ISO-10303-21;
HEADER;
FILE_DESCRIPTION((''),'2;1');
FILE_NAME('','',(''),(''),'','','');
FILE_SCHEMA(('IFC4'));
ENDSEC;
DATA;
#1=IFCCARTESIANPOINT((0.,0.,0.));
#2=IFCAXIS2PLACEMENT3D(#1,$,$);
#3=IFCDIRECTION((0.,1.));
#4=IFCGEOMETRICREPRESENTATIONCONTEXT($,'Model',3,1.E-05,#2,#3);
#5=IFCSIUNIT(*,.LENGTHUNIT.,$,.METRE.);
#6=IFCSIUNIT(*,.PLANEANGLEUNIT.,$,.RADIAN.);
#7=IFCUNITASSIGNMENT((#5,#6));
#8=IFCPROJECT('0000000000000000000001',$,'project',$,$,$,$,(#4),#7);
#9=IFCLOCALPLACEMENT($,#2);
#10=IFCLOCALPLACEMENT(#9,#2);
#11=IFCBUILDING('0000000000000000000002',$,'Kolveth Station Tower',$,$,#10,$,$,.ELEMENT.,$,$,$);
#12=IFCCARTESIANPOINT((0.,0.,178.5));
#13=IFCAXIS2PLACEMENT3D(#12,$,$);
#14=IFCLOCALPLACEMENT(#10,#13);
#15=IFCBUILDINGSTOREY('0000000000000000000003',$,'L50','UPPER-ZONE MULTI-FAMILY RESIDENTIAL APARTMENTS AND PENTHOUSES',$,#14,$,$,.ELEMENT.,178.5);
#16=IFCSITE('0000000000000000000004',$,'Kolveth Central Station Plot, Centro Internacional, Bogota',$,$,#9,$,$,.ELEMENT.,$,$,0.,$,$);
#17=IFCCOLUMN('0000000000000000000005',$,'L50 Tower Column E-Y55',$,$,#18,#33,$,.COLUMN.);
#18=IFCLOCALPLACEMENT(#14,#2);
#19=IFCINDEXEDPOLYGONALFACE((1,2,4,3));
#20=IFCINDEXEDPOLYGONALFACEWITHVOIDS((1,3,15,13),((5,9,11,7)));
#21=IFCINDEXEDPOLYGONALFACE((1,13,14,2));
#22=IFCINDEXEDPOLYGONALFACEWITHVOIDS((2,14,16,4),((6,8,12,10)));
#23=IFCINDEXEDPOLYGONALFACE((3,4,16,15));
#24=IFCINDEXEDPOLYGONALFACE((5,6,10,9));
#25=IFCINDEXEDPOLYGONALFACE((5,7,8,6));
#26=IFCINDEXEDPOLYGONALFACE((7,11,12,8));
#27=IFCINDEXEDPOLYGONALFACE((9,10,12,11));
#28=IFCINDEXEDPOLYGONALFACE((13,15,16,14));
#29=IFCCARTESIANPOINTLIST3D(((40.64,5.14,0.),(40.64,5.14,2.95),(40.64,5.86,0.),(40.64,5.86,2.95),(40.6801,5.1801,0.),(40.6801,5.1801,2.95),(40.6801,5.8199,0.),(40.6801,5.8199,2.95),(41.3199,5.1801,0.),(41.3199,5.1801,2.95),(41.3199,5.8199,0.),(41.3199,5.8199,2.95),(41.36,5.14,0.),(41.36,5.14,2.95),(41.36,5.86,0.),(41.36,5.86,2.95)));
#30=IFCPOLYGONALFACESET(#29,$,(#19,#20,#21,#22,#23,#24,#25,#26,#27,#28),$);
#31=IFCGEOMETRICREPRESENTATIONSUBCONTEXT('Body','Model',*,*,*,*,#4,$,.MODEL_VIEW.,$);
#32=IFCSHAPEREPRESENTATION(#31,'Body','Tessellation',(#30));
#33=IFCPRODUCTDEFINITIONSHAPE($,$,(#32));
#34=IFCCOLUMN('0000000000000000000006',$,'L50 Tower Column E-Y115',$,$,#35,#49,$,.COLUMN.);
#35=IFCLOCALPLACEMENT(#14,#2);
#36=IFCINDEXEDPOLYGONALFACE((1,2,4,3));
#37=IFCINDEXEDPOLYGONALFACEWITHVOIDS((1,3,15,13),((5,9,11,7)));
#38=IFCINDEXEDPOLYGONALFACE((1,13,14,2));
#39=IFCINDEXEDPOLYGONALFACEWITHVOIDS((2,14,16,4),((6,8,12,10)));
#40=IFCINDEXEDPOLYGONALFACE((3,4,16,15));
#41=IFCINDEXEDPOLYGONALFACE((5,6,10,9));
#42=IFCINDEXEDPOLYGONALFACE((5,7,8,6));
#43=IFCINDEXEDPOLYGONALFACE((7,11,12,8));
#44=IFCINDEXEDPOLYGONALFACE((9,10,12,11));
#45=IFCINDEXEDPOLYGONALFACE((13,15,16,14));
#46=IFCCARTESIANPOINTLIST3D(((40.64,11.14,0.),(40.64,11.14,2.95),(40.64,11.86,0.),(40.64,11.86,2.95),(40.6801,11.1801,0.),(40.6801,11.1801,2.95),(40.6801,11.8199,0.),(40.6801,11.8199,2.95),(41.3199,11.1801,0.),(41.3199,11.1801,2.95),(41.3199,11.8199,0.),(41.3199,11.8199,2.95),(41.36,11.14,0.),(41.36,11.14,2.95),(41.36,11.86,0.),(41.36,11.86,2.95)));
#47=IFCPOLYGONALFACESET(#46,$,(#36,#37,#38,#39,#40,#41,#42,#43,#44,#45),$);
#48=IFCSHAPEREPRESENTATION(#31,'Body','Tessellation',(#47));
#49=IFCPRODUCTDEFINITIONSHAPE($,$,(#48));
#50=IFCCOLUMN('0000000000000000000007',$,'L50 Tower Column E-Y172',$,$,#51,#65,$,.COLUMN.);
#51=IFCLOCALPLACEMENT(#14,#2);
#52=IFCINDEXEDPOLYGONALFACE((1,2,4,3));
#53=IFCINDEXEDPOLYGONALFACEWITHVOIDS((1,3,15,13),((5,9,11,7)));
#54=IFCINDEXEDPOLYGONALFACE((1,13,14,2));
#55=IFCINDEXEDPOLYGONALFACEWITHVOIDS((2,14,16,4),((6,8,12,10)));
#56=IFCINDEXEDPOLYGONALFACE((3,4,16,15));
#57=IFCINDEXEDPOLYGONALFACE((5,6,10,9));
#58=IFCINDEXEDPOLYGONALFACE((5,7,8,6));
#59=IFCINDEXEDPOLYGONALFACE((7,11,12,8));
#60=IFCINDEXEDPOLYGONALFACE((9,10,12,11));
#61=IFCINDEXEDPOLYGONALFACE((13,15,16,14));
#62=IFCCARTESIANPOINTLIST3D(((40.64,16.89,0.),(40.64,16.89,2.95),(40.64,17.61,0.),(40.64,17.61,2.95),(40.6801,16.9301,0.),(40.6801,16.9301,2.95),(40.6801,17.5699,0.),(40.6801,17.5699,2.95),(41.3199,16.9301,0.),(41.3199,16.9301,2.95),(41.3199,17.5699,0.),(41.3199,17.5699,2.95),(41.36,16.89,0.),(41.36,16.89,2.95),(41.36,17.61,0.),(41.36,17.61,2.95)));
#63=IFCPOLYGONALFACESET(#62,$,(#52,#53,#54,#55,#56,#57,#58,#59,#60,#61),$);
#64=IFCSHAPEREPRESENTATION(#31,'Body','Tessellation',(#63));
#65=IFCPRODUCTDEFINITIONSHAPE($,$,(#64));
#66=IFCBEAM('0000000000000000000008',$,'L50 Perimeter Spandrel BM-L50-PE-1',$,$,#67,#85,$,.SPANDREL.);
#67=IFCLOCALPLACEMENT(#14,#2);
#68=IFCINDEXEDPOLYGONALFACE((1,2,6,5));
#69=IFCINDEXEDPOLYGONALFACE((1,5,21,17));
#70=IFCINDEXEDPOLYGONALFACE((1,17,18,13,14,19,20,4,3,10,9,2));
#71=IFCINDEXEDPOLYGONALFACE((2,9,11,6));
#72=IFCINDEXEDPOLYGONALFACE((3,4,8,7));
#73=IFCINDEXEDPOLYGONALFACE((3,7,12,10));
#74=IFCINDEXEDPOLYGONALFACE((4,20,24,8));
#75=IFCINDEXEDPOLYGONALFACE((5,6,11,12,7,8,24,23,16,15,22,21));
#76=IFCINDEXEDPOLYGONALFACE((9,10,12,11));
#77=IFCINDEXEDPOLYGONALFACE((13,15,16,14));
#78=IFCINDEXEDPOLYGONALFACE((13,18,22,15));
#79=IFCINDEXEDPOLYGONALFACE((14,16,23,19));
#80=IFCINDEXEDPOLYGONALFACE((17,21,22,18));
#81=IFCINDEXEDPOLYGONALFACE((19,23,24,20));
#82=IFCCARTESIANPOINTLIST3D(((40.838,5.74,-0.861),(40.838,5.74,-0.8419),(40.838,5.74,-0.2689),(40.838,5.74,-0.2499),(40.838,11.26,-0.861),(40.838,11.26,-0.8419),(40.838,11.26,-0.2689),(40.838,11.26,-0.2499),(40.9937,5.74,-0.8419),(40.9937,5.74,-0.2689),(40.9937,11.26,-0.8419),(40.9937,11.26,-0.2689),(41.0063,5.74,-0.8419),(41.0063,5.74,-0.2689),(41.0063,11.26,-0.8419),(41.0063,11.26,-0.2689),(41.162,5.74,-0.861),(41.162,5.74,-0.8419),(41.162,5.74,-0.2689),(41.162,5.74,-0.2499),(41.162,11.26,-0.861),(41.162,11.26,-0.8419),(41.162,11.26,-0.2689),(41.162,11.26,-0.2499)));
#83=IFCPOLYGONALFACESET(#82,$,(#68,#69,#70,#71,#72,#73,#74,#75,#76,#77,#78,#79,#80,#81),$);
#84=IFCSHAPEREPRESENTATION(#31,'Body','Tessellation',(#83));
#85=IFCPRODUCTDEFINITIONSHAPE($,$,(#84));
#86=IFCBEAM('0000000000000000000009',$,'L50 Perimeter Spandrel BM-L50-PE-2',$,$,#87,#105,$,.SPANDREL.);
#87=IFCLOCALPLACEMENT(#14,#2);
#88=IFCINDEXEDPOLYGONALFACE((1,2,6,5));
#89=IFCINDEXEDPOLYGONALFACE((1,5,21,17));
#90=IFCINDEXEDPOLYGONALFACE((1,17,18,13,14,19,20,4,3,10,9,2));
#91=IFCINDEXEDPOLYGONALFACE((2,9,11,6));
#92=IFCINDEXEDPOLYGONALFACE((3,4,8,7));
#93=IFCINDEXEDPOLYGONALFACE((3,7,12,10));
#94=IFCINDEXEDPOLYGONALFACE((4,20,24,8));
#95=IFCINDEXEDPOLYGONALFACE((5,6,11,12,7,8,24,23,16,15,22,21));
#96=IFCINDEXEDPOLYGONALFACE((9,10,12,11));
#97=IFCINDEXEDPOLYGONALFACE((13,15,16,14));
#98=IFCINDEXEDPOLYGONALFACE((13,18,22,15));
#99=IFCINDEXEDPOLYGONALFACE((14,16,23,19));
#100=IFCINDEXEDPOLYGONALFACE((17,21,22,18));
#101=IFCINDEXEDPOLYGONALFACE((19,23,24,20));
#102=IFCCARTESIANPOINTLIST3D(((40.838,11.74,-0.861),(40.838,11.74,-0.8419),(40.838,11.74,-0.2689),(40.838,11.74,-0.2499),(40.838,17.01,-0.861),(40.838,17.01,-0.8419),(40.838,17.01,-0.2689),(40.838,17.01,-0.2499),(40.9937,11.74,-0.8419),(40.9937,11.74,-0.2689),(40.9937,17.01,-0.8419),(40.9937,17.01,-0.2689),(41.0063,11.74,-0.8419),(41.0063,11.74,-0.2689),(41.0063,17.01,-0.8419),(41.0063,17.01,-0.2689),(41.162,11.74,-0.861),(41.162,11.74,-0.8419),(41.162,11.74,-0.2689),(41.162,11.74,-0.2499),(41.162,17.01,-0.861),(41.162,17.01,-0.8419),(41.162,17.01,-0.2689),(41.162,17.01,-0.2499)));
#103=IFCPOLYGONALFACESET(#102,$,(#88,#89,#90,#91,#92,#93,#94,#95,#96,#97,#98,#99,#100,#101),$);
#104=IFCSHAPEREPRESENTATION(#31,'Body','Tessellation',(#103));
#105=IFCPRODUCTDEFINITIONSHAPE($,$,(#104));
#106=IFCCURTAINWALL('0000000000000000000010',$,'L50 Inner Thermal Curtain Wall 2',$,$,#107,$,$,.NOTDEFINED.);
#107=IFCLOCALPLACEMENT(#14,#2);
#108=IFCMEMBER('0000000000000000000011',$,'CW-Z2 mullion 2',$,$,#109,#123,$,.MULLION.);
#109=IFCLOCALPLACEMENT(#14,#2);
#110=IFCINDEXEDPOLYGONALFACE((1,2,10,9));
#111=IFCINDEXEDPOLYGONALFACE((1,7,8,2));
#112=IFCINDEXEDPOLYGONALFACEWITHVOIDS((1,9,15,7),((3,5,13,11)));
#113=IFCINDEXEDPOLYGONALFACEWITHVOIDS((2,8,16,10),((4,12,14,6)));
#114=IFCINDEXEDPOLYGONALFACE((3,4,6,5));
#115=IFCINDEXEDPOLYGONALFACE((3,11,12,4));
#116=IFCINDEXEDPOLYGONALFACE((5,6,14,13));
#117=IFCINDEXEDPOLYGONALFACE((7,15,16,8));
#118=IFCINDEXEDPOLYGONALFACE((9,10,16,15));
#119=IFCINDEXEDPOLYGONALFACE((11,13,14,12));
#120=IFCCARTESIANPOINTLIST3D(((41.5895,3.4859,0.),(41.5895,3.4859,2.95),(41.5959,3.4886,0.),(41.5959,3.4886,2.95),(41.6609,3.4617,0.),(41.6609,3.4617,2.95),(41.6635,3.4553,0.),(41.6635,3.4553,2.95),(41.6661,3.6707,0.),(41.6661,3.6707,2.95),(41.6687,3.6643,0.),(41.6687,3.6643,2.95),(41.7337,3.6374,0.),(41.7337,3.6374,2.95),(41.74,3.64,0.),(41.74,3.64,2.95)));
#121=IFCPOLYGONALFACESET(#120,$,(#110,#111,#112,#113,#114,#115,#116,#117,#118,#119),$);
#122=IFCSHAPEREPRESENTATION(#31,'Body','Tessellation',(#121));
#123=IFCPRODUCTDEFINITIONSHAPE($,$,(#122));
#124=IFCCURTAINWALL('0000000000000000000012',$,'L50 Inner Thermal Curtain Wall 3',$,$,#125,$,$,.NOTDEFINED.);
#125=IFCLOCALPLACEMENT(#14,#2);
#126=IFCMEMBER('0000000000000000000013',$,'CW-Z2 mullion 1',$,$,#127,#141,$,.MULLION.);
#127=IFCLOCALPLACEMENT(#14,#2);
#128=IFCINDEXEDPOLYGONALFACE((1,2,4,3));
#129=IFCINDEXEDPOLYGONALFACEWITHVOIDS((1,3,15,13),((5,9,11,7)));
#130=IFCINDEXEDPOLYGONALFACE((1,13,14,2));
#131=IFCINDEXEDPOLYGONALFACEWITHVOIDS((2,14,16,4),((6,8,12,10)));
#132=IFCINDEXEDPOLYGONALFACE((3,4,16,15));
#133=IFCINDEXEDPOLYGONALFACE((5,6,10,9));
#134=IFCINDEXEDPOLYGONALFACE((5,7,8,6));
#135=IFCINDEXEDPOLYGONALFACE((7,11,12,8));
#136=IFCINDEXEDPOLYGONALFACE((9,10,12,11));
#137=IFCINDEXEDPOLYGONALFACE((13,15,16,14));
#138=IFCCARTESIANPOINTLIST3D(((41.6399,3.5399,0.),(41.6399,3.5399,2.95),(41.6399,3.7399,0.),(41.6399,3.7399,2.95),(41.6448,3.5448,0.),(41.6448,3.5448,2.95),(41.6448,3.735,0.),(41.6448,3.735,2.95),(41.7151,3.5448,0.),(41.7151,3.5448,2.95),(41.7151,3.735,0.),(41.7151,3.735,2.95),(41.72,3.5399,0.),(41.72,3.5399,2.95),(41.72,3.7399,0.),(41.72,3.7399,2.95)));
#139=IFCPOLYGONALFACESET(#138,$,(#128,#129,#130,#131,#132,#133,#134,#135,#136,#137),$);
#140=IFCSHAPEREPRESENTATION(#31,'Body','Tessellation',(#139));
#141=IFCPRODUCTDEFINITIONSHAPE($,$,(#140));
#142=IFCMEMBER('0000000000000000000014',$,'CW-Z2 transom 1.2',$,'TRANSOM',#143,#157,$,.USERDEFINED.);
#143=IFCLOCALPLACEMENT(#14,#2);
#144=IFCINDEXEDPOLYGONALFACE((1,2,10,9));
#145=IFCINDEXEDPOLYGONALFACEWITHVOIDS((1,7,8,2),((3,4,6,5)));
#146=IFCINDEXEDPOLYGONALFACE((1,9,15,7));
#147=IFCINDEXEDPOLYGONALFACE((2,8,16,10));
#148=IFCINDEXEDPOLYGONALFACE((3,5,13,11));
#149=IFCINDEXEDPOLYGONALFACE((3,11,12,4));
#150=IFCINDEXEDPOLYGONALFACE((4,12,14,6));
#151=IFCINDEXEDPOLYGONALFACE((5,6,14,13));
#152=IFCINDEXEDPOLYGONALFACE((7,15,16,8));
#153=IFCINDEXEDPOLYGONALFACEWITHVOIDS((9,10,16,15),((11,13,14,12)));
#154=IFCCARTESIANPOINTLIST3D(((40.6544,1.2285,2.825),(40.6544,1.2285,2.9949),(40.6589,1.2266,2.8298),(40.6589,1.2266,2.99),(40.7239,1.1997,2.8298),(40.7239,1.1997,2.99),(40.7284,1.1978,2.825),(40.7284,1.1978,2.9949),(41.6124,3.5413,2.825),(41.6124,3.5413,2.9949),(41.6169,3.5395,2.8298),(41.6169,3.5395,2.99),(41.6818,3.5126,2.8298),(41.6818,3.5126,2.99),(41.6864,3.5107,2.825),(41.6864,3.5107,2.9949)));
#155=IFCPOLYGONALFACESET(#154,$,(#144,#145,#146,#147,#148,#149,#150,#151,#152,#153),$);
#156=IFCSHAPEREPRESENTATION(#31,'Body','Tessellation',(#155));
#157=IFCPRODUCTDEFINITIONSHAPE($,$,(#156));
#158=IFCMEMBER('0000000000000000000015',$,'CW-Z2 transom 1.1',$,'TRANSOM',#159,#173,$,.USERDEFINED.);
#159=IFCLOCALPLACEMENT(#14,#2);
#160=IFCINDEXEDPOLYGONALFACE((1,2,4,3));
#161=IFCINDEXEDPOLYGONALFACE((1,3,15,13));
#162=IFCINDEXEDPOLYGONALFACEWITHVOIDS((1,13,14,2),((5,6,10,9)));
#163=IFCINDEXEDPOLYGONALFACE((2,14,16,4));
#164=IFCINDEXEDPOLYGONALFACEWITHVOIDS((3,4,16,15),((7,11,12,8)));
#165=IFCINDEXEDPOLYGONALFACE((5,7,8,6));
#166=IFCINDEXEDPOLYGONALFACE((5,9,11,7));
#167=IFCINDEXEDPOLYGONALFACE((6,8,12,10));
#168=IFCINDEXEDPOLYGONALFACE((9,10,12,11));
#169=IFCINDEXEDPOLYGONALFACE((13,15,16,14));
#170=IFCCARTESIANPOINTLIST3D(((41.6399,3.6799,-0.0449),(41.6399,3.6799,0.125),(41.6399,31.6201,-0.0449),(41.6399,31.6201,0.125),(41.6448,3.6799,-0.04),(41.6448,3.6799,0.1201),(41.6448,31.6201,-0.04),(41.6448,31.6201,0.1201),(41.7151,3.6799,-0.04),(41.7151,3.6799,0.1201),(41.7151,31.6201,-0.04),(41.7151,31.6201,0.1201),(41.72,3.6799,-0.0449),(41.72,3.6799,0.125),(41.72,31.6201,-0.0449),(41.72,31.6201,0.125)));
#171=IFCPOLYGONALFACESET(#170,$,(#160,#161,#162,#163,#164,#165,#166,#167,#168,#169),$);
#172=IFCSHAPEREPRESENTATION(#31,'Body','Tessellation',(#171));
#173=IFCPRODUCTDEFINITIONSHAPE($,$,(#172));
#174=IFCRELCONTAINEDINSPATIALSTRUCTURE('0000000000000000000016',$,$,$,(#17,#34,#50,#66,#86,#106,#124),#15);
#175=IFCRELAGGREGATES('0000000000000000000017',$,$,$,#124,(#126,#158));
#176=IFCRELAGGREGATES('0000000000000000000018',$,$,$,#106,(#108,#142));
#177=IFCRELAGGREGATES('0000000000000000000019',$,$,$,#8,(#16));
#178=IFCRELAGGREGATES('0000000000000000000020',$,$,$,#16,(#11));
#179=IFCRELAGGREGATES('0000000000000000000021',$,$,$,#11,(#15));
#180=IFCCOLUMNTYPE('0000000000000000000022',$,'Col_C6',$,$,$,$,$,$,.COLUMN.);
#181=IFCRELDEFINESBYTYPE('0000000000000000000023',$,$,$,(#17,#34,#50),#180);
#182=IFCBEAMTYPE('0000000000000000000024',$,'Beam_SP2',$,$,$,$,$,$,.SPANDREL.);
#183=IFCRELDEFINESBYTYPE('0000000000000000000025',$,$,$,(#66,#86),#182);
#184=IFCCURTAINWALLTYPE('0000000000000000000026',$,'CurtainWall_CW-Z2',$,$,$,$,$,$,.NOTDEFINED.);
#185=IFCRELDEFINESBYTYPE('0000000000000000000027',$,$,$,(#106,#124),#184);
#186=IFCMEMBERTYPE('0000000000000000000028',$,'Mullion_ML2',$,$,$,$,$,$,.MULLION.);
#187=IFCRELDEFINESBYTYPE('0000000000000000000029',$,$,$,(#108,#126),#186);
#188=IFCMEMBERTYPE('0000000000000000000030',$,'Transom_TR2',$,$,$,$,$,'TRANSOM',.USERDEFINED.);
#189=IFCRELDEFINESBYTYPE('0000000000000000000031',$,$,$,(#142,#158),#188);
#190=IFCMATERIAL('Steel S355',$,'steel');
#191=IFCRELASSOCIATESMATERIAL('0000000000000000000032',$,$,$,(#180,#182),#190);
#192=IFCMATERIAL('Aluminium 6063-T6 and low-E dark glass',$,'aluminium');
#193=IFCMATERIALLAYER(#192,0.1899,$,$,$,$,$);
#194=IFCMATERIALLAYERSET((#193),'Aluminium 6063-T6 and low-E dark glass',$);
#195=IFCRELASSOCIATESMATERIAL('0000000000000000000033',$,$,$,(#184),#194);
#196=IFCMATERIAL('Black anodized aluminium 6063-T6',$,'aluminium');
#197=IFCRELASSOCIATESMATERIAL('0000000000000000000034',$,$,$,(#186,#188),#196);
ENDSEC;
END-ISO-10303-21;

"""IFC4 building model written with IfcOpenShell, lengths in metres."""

from ifc_helpers import new_model, si_unit, direction, frame, origin, origin_2d, place, context, subcontext, project, spatial, hollow_rectangle, i_section, extrude, source, transform, mapped, material, layer, layer_set, material_profile, profile_set, type_object, element, aggregate, save


model = new_model("IFC4")

# Units and contexts
model_context = context("Model", 3, precision=1e-05, world=origin(), true_north=direction((0.0, 1.0)))
body_context = subcontext(model_context, "Body", "Model", "MODEL_VIEW")
ifc_project = project(units=[si_unit("LENGTHUNIT", "METRE"), si_unit("PLANEANGLEUNIT", "RADIAN")], contexts=[model_context])

# Site, building, storey
site_placement = place(None, origin())
site = spatial("IfcSite", under=ifc_project, at=site_placement, Name="Kolveth Central Station Plot, Centro Internacional, Bogota", CompositionType="ELEMENT", RefElevation=0.0)
building_placement = place(site_placement, origin())
building = spatial("IfcBuilding", under=site, at=building_placement, Name="Kolveth Station Tower", CompositionType="ELEMENT")
storey_placement = place(building_placement, frame((0.0, 0.0, 178.5)))
storey = spatial("IfcBuildingStorey", under=building, at=storey_placement, Name="L50", Description="UPPER-ZONE MULTI-FAMILY RESIDENTIAL APARTMENTS AND PENTHOUSES", CompositionType="ELEMENT", Elevation=178.5)

# Columns
ifc_material_1 = material(Name="Steel S355", Category="steel")
ifc_material_profile_1 = material_profile(ifc_material_1, hollow_rectangle(XDim=0.72, YDim=0.72, WallThickness=0.04, at=origin_2d()), Name="BOX720x720x40")
ifc_profile_set_1 = profile_set([ifc_material_profile_1], Name="Steel S355")
column_type = type_object("IfcColumnType", Name="Col_C6", PredefinedType="COLUMN", material=ifc_profile_set_1)
shared_shape_1 = source(origin(), body_context, "Body", "SweptSolid", [
    extrude(hollow_rectangle(XDim=0.72, YDim=0.72, WallThickness=0.04, at=origin_2d()), origin(), (0.0, 0.0, 1.0), 2.95),
])
for number, where, z_axis, x_axis, name in (
    (1, (41.0, 5.5, 0.0), (0.0, 0.0, 1.0), (1.0, 0.0, 0.0), "L50 Tower Column E-Y55"),
    (2, (41.0, 11.5, 0.0), (0.0, 0.0, 1.0), (1.0, 0.0, 0.0), "L50 Tower Column E-Y115"),
    (3, (41.0, 17.25, 0.0), (0.0, 0.0, 1.0), (1.0, 0.0, 0.0), "L50 Tower Column E-Y172"),
):
    element("IfcColumn", number, at=place(storey_placement, frame(where, z_axis=z_axis, x_axis=x_axis)), inside=storey, type_object=column_type, Name=name, PredefinedType="COLUMN", context=body_context, shape_type="MappedRepresentation", body=[
        mapped(shared_shape_1, transform((0.0, 0.0, 0.0), x_axis=(1.0, 0.0, 0.0), y_axis=(0.0, 1.0, 0.0), z_axis=(0.0, 0.0, 1.0), scale=1.0)),
    ])

# Beams
ifc_material_profile_2 = material_profile(ifc_material_1, i_section(OverallWidth=0.324, OverallDepth=0.6111, WebThickness=0.0127, FlangeThickness=0.019, at=origin_2d()), Name="W610x155")
ifc_profile_set_2 = profile_set([ifc_material_profile_2], Name="Steel S355")
beam_type = type_object("IfcBeamType", Name="Beam_SP2", PredefinedType="SPANDREL", material=ifc_profile_set_2)
shared_shape_2 = source(origin(), body_context, "Body", "SweptSolid", [
    extrude(i_section(OverallWidth=0.324, OverallDepth=0.6111, WebThickness=0.0127, FlangeThickness=0.019, at=origin_2d()), origin(), (0.0, 0.0, 1.0), 5.52),
])
beam_1_placement = place(storey_placement, frame((41.0, 5.74, -0.5554), z_axis=(0.0, 1.0, 0.0), x_axis=(-1.0, 0.0, 0.0)))
element("IfcBeam", 4, at=beam_1_placement, inside=storey, type_object=beam_type, Name="L50 Perimeter Spandrel BM-L50-PE-1", PredefinedType="SPANDREL", context=body_context, shape_type="MappedRepresentation", body=[
    mapped(shared_shape_2, transform((0.0, 0.0, 0.0), x_axis=(1.0, 0.0, 0.0), y_axis=(0.0, 1.0, 0.0), z_axis=(0.0, 0.0, 1.0), scale=1.0)),
])
shared_shape_3 = source(origin(), body_context, "Body", "SweptSolid", [
    extrude(i_section(OverallWidth=0.324, OverallDepth=0.6111, WebThickness=0.0127, FlangeThickness=0.019, at=origin_2d()), origin(), (0.0, 0.0, 1.0), 5.27),
])
beam_2_placement = place(storey_placement, frame((41.0, 11.74, -0.5554), z_axis=(0.0, 1.0, 0.0), x_axis=(-1.0, 0.0, 0.0)))
element("IfcBeam", 5, at=beam_2_placement, inside=storey, type_object=beam_type, Name="L50 Perimeter Spandrel BM-L50-PE-2", PredefinedType="SPANDREL", context=body_context, shape_type="MappedRepresentation", body=[
    mapped(shared_shape_3, transform((0.0, 0.0, 0.0), x_axis=(1.0, 0.0, 0.0), y_axis=(0.0, 1.0, 0.0), z_axis=(0.0, 0.0, 1.0), scale=1.0)),
])

# Curtain walls, members
ifc_material_2 = material(Name="Aluminium 6063-T6 and low-E dark glass", Category="aluminium")
ifc_layer_1 = layer(ifc_material_2, 0.1899)
ifc_layer_set_1 = layer_set([ifc_layer_1], Name="Aluminium 6063-T6 and low-E dark glass")
curtain_wall_type_1 = type_object("IfcCurtainWallType", Name="CurtainWall_CW-Z2", PredefinedType="NOTDEFINED", material=ifc_layer_set_1)
curtain_wall_1_placement = place(storey_placement, origin())
curtain_wall_1 = element("IfcCurtainWall", 6, at=curtain_wall_1_placement, inside=storey, type_object=curtain_wall_type_1, Name="L50 Inner Thermal Curtain Wall 2", PredefinedType="NOTDEFINED")
ifc_material_3 = material(Name="Black anodized aluminium 6063-T6", Category="aluminium")
ifc_material_profile_3 = material_profile(ifc_material_3, hollow_rectangle(XDim=0.0801, YDim=0.2, WallThickness=0.0049, at=origin_2d()), Name="ALU-80x200x5")
ifc_profile_set_3 = profile_set([ifc_material_profile_3], Name="Black anodized aluminium 6063-T6")
member_type_1 = type_object("IfcMemberType", Name="Mullion_ML2", PredefinedType="MULLION", material=ifc_profile_set_3)
shared_shape_4 = source(origin(), body_context, "Body", "SweptSolid", [
    extrude(hollow_rectangle(XDim=0.0801, YDim=0.2, WallThickness=0.0049, at=origin_2d()), origin(), (0.0, 0.0, 1.0), 2.95),
])
member_1_placement = place(storey_placement, frame((41.6648, 3.563, 0.0), z_axis=(0.0, 0.0, 1.0), x_axis=(-0.923874, 0.382698, 0.0)))
member_1 = element("IfcMember", 7, at=member_1_placement, type_object=member_type_1, Name="CW-Z2 mullion 2", PredefinedType="MULLION", context=body_context, shape_type="MappedRepresentation", body=[
    mapped(shared_shape_4, transform((0.0, 0.0, 0.0), x_axis=(1.0, 0.0, 0.0), y_axis=(0.0, 1.0, 0.0), z_axis=(0.0, 0.0, 1.0), scale=1.0)),
])
curtain_wall_2_placement = place(storey_placement, origin())
curtain_wall_2 = element("IfcCurtainWall", 8, at=curtain_wall_2_placement, inside=storey, type_object=curtain_wall_type_1, Name="L50 Inner Thermal Curtain Wall 3", PredefinedType="NOTDEFINED")
member_2_placement = place(storey_placement, frame((41.6799, 3.6399, 0.0), z_axis=(0.0, 0.0, 1.0), x_axis=(-1.0, 0.0, 0.0)))
member_2 = element("IfcMember", 9, at=member_2_placement, type_object=member_type_1, Name="CW-Z2 mullion 1", PredefinedType="MULLION", context=body_context, shape_type="MappedRepresentation", body=[
    mapped(shared_shape_4, transform((0.0, 0.0, 0.0), x_axis=(1.0, 0.0, 0.0), y_axis=(0.0, 1.0, 0.0), z_axis=(0.0, 0.0, 1.0), scale=1.0)),
])

# Members
ifc_material_profile_4 = material_profile(ifc_material_3, hollow_rectangle(XDim=0.0801, YDim=0.1699, WallThickness=0.0049, at=origin_2d()), Name="ALU-80x170x5")
ifc_profile_set_4 = profile_set([ifc_material_profile_4], Name="Black anodized aluminium 6063-T6")
member_type_2 = type_object("IfcMemberType", Name="Transom_TR2", ElementType="TRANSOM", PredefinedType="USERDEFINED", material=ifc_profile_set_4)
shared_shape_5 = source(origin(), body_context, "Body", "SweptSolid", [
    extrude(hollow_rectangle(XDim=0.0801, YDim=0.1699, WallThickness=0.0049, at=origin_2d()), origin(), (0.0, 0.0, 1.0), 2.5034),
])
member_3_placement = place(storey_placement, frame((40.6914, 1.2131, 2.9099), z_axis=(0.382662, 0.923888, 0.0), x_axis=(-0.923888, 0.382662, 0.0)))
member_3 = element("IfcMember", 10, at=member_3_placement, type_object=member_type_2, Name="CW-Z2 transom 1.2", ObjectType="TRANSOM", PredefinedType="USERDEFINED", context=body_context, shape_type="MappedRepresentation", body=[
    mapped(shared_shape_5, transform((0.0, 0.0, 0.0), x_axis=(1.0, 0.0, 0.0), y_axis=(0.0, 1.0, 0.0), z_axis=(0.0, 0.0, 1.0), scale=1.0)),
])
shared_shape_6 = source(origin(), body_context, "Body", "SweptSolid", [
    extrude(hollow_rectangle(XDim=0.0801, YDim=0.1699, WallThickness=0.0049, at=origin_2d()), origin(), (0.0, 0.0, 1.0), 27.9402),
])
member_4_placement = place(storey_placement, frame((41.6799, 3.6799, 0.04), z_axis=(0.0, 1.0, 0.0), x_axis=(-1.0, 0.0, 0.0)))
member_4 = element("IfcMember", 11, at=member_4_placement, type_object=member_type_2, Name="CW-Z2 transom 1.1", ObjectType="TRANSOM", PredefinedType="USERDEFINED", context=body_context, shape_type="MappedRepresentation", body=[
    mapped(shared_shape_6, transform((0.0, 0.0, 0.0), x_axis=(1.0, 0.0, 0.0), y_axis=(0.0, 1.0, 0.0), z_axis=(0.0, 0.0, 1.0), scale=1.0)),
])
aggregate(curtain_wall_2, [member_2, member_4])

aggregate(curtain_wall_1, [member_1, member_3])

save(model, "model.ifc")
